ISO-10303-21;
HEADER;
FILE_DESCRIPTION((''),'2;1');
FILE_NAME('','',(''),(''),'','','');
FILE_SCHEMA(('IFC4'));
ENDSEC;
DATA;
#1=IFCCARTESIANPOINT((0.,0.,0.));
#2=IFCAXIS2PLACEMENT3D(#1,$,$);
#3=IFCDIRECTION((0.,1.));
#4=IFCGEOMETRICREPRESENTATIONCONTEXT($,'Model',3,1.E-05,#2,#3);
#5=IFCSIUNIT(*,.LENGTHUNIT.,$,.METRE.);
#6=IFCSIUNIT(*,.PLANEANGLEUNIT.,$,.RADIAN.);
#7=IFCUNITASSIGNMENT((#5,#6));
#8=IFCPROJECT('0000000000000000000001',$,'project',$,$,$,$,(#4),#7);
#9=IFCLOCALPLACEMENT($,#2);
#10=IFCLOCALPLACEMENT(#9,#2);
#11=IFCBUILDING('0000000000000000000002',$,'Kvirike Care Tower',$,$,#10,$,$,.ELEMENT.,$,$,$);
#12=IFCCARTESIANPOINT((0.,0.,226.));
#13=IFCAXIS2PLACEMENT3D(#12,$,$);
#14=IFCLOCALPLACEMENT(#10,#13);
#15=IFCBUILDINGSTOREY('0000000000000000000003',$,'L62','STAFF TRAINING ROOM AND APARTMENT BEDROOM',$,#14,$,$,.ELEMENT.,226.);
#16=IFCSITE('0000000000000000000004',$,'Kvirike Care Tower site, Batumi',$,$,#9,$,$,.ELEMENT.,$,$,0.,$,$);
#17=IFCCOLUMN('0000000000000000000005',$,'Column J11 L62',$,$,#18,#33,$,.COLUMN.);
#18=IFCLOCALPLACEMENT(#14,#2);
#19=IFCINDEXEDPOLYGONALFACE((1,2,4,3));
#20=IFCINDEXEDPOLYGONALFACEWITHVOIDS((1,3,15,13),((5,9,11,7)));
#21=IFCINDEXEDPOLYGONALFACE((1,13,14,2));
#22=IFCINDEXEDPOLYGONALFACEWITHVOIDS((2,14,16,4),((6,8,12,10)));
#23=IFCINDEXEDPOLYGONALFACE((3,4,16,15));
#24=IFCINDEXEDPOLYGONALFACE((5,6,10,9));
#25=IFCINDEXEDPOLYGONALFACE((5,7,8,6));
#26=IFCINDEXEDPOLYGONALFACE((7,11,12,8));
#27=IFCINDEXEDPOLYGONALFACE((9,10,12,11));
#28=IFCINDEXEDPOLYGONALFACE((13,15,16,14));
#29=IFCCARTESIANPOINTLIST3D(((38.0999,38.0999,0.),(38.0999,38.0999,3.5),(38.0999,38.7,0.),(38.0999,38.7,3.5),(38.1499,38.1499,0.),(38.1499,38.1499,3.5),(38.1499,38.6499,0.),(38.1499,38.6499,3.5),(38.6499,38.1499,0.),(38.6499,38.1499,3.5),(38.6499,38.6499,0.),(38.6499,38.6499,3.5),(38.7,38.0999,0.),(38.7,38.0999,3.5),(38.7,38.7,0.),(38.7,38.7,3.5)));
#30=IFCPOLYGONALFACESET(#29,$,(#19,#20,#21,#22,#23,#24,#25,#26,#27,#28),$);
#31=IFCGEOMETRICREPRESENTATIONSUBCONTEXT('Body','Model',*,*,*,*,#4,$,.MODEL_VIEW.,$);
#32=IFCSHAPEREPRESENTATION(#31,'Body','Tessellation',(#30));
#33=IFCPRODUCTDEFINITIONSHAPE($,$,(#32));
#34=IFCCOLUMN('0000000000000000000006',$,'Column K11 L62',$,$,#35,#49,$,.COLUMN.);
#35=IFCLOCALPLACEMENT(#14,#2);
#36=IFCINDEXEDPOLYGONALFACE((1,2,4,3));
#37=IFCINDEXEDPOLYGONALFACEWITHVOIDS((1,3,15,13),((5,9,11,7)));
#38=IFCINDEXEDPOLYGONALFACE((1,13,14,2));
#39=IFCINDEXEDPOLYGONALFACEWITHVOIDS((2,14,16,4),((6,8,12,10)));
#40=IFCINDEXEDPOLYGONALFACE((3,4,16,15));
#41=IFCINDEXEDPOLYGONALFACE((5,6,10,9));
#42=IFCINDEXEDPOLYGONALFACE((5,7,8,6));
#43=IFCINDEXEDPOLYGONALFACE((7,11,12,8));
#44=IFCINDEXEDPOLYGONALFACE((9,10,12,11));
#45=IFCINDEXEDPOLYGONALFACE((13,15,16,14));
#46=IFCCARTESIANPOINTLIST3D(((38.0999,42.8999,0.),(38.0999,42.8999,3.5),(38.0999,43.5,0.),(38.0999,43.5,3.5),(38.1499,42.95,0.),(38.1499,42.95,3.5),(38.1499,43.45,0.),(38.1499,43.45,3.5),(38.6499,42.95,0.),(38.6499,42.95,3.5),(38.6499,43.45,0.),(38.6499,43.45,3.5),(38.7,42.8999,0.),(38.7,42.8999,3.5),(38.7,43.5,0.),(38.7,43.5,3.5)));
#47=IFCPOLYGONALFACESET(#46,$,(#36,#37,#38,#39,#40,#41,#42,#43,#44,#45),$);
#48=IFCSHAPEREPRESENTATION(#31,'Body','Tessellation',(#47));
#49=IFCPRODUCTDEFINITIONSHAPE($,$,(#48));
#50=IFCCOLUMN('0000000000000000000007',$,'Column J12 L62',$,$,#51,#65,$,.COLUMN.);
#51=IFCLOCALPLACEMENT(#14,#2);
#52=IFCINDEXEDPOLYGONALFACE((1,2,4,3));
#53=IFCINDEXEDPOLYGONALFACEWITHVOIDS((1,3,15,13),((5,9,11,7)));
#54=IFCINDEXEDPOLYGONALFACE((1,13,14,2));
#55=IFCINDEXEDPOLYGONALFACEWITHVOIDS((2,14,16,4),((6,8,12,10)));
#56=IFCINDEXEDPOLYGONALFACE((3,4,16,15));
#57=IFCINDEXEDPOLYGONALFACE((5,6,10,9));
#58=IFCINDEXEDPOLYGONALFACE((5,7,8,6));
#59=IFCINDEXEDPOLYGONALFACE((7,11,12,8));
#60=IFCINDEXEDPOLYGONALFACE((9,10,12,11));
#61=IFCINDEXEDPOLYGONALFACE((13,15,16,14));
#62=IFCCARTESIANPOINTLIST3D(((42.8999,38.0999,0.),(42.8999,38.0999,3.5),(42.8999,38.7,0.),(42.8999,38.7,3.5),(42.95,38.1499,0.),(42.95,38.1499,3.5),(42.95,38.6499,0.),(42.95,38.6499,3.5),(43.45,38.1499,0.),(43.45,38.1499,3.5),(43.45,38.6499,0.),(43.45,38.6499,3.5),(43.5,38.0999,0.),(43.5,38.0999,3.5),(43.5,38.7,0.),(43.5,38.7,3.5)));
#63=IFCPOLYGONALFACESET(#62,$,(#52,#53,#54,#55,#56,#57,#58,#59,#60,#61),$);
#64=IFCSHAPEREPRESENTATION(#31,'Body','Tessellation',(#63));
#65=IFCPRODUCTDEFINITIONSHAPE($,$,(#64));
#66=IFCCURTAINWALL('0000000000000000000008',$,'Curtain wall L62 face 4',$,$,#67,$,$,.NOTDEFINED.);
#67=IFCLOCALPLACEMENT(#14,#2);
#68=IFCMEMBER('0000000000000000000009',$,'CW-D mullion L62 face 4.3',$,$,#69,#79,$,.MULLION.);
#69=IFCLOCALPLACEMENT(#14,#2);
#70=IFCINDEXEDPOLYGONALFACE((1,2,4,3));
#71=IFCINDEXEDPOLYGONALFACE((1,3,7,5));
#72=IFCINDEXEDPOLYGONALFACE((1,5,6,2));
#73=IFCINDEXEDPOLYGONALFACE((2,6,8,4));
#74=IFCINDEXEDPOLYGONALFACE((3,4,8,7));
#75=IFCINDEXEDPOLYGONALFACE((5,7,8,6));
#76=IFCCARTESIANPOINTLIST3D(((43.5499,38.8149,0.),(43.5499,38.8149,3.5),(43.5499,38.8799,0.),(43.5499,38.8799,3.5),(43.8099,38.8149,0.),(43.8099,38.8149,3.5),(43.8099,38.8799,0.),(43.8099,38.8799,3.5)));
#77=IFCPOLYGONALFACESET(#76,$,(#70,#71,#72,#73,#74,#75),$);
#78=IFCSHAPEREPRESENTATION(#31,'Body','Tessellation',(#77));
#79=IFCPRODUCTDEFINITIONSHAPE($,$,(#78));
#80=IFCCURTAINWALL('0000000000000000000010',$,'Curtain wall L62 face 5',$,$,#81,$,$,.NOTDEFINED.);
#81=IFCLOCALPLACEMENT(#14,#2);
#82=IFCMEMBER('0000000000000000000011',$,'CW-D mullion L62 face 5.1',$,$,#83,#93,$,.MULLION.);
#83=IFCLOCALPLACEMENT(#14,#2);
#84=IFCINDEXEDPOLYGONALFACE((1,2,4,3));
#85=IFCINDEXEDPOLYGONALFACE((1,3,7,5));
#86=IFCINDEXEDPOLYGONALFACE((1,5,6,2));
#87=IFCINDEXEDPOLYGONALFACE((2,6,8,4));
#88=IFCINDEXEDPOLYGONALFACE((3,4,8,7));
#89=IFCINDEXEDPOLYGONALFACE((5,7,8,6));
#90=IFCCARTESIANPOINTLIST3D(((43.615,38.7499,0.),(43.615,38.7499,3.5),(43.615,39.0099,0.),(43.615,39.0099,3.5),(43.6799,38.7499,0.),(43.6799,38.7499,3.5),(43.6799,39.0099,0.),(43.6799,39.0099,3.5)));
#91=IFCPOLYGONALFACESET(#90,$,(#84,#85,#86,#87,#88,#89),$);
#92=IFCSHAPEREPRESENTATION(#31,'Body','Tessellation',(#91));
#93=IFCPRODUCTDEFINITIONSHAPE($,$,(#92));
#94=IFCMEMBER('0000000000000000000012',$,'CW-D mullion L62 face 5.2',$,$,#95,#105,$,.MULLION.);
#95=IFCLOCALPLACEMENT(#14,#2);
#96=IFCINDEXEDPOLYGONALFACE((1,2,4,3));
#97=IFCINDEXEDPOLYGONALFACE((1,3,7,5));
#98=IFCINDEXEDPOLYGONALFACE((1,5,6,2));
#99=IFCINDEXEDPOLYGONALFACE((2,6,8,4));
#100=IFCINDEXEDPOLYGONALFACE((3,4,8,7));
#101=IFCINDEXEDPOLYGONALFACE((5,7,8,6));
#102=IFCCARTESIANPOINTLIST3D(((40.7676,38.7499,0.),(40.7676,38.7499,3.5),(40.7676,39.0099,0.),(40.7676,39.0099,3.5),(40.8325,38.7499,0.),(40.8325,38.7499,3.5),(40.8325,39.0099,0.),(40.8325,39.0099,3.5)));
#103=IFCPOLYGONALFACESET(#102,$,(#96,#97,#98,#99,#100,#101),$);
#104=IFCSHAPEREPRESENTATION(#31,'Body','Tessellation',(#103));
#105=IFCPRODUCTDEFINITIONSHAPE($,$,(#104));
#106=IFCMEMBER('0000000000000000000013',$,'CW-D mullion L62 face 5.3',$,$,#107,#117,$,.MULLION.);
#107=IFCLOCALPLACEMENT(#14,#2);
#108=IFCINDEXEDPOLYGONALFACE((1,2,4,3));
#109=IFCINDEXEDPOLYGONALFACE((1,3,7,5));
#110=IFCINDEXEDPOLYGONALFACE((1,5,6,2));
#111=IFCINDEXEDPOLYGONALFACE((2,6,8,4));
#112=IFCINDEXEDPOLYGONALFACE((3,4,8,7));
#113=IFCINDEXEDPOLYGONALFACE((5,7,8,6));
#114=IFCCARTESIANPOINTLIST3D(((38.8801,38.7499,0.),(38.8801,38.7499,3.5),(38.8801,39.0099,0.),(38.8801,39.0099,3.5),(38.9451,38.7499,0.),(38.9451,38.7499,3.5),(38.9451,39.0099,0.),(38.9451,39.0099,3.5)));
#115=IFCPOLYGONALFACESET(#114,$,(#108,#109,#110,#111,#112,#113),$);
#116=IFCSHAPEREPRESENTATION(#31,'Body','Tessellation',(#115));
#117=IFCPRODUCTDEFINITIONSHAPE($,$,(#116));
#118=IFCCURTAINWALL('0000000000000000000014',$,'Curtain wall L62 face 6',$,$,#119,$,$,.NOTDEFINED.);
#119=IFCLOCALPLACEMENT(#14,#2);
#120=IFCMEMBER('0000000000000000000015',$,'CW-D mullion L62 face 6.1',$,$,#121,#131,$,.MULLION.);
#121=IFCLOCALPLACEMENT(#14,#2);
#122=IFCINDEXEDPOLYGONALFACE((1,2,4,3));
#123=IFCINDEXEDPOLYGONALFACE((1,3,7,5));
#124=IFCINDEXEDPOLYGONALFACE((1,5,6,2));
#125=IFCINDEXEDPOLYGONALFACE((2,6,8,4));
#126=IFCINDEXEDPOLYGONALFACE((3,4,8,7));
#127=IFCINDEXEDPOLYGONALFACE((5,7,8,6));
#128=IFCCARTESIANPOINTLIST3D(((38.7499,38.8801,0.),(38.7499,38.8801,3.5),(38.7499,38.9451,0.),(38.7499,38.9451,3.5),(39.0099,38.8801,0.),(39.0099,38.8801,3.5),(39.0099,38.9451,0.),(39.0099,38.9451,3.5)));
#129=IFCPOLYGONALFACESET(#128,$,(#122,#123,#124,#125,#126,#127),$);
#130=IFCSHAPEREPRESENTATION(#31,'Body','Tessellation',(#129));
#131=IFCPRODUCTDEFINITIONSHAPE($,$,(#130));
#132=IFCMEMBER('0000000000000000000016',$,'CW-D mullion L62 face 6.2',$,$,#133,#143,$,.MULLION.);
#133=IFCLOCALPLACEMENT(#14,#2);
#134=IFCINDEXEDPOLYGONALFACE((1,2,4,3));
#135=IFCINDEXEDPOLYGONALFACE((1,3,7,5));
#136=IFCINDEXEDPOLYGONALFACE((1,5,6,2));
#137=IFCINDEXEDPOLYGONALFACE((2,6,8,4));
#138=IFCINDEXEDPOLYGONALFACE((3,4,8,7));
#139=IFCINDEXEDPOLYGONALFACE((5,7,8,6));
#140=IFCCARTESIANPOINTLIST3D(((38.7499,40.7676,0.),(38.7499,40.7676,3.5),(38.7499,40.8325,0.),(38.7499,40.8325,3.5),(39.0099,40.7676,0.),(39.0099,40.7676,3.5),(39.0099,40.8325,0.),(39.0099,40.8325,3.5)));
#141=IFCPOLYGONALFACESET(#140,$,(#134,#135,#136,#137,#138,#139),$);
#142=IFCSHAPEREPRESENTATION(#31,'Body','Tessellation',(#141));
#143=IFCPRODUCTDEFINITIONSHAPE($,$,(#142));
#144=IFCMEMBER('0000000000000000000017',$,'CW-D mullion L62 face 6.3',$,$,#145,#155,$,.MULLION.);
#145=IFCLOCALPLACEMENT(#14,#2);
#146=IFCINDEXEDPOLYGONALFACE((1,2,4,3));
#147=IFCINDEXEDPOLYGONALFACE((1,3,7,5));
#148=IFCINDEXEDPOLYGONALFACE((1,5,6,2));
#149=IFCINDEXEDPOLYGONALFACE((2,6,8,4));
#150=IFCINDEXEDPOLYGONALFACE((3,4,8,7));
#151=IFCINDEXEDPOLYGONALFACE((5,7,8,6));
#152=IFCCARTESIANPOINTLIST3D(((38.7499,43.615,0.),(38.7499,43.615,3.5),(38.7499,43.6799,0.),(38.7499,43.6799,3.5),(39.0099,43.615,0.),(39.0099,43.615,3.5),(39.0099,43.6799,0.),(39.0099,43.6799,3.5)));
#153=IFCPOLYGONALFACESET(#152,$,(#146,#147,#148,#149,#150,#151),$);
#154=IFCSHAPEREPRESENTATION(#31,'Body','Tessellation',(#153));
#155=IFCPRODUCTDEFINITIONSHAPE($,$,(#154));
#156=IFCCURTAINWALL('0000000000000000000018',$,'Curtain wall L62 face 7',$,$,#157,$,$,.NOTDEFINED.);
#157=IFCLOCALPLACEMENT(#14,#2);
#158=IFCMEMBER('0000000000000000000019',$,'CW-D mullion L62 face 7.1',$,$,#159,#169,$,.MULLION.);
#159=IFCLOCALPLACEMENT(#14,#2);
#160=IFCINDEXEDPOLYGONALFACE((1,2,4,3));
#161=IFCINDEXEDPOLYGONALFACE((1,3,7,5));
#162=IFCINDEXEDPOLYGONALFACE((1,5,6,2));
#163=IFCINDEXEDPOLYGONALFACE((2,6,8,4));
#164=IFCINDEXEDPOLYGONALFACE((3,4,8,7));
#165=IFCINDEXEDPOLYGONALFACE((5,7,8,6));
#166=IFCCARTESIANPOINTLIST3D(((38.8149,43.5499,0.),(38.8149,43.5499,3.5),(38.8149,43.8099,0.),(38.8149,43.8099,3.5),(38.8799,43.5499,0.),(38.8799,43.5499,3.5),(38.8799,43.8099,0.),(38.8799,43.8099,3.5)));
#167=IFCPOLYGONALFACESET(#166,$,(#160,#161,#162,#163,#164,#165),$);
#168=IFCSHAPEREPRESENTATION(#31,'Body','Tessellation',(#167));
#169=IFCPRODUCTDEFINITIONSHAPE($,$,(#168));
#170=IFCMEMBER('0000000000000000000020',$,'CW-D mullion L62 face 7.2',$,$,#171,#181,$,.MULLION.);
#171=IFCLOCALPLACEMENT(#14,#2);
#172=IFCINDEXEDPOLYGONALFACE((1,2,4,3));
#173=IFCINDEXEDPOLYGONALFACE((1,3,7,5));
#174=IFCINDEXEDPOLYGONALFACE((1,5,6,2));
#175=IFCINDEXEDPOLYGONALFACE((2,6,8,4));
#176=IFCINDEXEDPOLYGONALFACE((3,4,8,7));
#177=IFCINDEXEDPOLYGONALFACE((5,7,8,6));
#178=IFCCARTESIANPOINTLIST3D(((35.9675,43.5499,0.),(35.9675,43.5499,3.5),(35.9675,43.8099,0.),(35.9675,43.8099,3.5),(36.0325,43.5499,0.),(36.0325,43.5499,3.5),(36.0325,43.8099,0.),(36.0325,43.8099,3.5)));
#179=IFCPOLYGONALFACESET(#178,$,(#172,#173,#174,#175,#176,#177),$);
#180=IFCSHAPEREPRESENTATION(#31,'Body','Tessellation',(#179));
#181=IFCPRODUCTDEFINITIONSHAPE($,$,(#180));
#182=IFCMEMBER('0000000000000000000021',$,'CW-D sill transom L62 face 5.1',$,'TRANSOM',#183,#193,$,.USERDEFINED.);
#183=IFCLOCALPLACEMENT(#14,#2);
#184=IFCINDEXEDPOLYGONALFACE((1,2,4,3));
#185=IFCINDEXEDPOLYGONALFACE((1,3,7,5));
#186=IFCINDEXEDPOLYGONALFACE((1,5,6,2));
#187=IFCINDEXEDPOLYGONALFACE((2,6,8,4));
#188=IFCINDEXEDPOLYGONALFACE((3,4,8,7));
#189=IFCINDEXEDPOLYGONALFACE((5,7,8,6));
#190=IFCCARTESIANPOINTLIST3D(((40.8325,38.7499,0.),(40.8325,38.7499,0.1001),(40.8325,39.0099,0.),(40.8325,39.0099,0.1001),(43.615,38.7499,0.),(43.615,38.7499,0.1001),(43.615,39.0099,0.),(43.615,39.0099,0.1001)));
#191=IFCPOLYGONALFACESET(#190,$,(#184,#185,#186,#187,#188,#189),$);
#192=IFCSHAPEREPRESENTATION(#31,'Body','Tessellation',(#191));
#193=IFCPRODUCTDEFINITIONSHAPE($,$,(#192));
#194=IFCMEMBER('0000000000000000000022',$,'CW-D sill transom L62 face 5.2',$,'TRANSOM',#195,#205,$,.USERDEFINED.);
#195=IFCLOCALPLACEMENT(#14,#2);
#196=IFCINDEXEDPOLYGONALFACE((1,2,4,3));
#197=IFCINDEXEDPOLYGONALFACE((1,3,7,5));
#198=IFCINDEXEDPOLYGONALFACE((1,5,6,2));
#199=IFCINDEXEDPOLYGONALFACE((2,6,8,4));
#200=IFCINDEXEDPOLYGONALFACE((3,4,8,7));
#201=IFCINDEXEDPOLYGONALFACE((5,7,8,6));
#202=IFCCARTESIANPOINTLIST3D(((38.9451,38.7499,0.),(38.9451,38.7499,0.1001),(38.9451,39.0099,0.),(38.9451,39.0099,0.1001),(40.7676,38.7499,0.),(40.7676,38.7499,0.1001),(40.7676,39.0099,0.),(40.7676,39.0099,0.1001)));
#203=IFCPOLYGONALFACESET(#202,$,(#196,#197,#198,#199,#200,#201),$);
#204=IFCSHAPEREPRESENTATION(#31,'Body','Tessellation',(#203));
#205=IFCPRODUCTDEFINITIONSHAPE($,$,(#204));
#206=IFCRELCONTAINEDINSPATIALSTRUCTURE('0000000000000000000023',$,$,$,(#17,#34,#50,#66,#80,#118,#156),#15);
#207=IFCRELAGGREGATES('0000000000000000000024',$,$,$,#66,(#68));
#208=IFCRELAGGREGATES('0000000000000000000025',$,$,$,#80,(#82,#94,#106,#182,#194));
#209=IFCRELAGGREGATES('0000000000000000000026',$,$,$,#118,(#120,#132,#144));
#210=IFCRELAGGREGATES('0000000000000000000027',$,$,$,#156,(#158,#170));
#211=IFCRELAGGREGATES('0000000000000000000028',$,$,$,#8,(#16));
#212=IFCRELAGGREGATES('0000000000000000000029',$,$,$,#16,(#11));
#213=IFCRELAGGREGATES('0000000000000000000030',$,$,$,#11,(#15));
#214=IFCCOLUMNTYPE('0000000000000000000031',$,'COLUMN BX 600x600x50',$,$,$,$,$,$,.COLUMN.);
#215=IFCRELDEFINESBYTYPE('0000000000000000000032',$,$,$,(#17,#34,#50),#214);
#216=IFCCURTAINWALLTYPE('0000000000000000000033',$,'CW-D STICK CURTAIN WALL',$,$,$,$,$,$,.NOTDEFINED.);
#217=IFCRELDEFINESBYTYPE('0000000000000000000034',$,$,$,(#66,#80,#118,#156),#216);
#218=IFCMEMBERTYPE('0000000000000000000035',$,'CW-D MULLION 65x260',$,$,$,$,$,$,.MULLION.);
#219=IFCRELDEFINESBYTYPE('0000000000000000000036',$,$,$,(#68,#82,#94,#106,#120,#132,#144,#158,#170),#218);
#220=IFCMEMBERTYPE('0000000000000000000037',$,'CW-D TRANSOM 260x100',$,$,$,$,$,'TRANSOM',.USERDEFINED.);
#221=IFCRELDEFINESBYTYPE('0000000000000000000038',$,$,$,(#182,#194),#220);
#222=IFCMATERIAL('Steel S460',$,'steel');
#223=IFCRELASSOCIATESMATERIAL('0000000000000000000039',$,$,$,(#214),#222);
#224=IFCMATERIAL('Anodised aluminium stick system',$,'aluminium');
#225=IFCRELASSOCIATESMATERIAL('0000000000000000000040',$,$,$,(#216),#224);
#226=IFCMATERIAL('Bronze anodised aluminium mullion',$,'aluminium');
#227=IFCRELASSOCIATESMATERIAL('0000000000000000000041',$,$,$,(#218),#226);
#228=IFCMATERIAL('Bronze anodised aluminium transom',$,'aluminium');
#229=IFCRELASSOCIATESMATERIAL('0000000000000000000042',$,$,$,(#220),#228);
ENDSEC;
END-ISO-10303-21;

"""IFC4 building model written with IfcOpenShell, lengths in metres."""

from ifc_helpers import new_model, si_unit, direction, frame, origin, origin_2d, place, context, subcontext, project, spatial, rectangle, hollow_rectangle, extrude, material, material_profile, profile_set, type_object, element, aggregate, save


model = new_model("IFC4")

# Units and contexts
model_context = context("Model", 3, precision=1e-05, world=origin(), true_north=direction((0.0, 1.0)))
body_context = subcontext(model_context, "Body", "Model", "MODEL_VIEW")
ifc_project = project(units=[si_unit("LENGTHUNIT", "METRE"), si_unit("PLANEANGLEUNIT", "RADIAN")], contexts=[model_context])

# Site, building, storey
site_placement = place(None, origin())
site = spatial("IfcSite", under=ifc_project, at=site_placement, Name="Kvirike Care Tower site, Batumi", CompositionType="ELEMENT", RefElevation=0.0)
building_placement = place(site_placement, origin())
building = spatial("IfcBuilding", under=site, at=building_placement, Name="Kvirike Care Tower", CompositionType="ELEMENT")
storey_placement = place(building_placement, frame((0.0, 0.0, 226.0)))
storey = spatial("IfcBuildingStorey", under=building, at=storey_placement, Name="L62", Description="STAFF TRAINING ROOM AND APARTMENT BEDROOM", CompositionType="ELEMENT", Elevation=226.0)

# Columns
ifc_material_1 = material(Name="Steel S460", Category="steel")
ifc_material_profile_1 = material_profile(ifc_material_1, hollow_rectangle(XDim=0.6001, YDim=0.6001, WallThickness=0.05, at=origin_2d()), Name="BX 600x600x50")
ifc_profile_set_1 = profile_set([ifc_material_profile_1], Name="Steel S460")
column_type = type_object("IfcColumnType", Name="COLUMN BX 600x600x50", PredefinedType="COLUMN", material=ifc_profile_set_1)
for number, where, z_axis, x_axis, name in (
    (1, (38.3999, 38.3999, 0.0), (0.0, 0.0, 1.0), (0.0, 1.0, 0.0), "Column J11 L62"),
    (2, (38.3999, 43.2, 0.0), (0.0, 0.0, 1.0), (0.0, 1.0, 0.0), "Column K11 L62"),
    (3, (43.2, 38.3999, 0.0), (0.0, 0.0, 1.0), (0.0, 1.0, 0.0), "Column J12 L62"),
):
    element("IfcColumn", number, at=place(storey_placement, frame(where, z_axis=z_axis, x_axis=x_axis)), inside=storey, type_object=column_type, Name=name, PredefinedType="COLUMN", context=body_context, shape_type="SweptSolid", body=[
        extrude(hollow_rectangle(XDim=0.6001, YDim=0.6001, WallThickness=0.05, at=origin_2d()), origin(), (0.0, 0.0, 1.0), 3.5),
    ])

# Curtain wall, member
ifc_material_2 = material(Name="Anodised aluminium stick system", Category="aluminium")
curtain_wall_type = type_object("IfcCurtainWallType", Name="CW-D STICK CURTAIN WALL", PredefinedType="NOTDEFINED", material=ifc_material_2)
curtain_wall_1_placement = place(storey_placement, origin())
curtain_wall_1 = element("IfcCurtainWall", 4, at=curtain_wall_1_placement, inside=storey, type_object=curtain_wall_type, Name="Curtain wall L62 face 4", PredefinedType="NOTDEFINED")
ifc_material_3 = material(Name="Bronze anodised aluminium mullion", Category="aluminium")
ifc_material_profile_2 = material_profile(ifc_material_3, rectangle(XDim=0.0649, YDim=0.26, at=origin_2d()), Name="CW-D MULLION 65x260")
ifc_profile_set_2 = profile_set([ifc_material_profile_2], Name="Bronze anodised aluminium mullion")
member_type_1 = type_object("IfcMemberType", Name="CW-D MULLION 65x260", PredefinedType="MULLION", material=ifc_profile_set_2)
member_1_placement = place(storey_placement, frame((43.6799, 38.8474, 0.0), z_axis=(0.0, 0.0, 1.0), x_axis=(0.0, 1.0, 0.0)))
member_1 = element("IfcMember", 5, at=member_1_placement, type_object=member_type_1, Name="CW-D mullion L62 face 4.3", PredefinedType="MULLION", context=body_context, shape_type="SweptSolid", body=[
    extrude(rectangle(XDim=0.0649, YDim=0.26, at=origin_2d()), origin(), (0.0, 0.0, 1.0), 3.5),
])

# Curtain walls, members
curtain_wall_2_placement = place(storey_placement, origin())
curtain_wall_2 = element("IfcCurtainWall", 6, at=curtain_wall_2_placement, inside=storey, type_object=curtain_wall_type, Name="Curtain wall L62 face 5", PredefinedType="NOTDEFINED")
member_2_placement = place(storey_placement, frame((43.6475, 38.8799, 0.0), z_axis=(0.0, 0.0, 1.0), x_axis=(-1.0, 0.0, 0.0)))
member_2 = element("IfcMember", 7, at=member_2_placement, type_object=member_type_1, Name="CW-D mullion L62 face 5.1", PredefinedType="MULLION", context=body_context, shape_type="SweptSolid", body=[
    extrude(rectangle(XDim=0.0649, YDim=0.26, at=origin_2d()), origin(), (0.0, 0.0, 1.0), 3.5),
])
member_3_placement = place(storey_placement, frame((40.8, 38.8799, 0.0), z_axis=(0.0, 0.0, 1.0), x_axis=(-1.0, 0.0, 0.0)))
member_3 = element("IfcMember", 8, at=member_3_placement, type_object=member_type_1, Name="CW-D mullion L62 face 5.2", PredefinedType="MULLION", context=body_context, shape_type="SweptSolid", body=[
    extrude(rectangle(XDim=0.0649, YDim=0.26, at=origin_2d()), origin(), (0.0, 0.0, 1.0), 3.5),
])
member_4_placement = place(storey_placement, frame((38.9126, 38.8799, 0.0), z_axis=(0.0, 0.0, 1.0), x_axis=(-1.0, 0.0, 0.0)))
member_4 = element("IfcMember", 9, at=member_4_placement, type_object=member_type_1, Name="CW-D mullion L62 face 5.3", PredefinedType="MULLION", context=body_context, shape_type="SweptSolid", body=[
    extrude(rectangle(XDim=0.0649, YDim=0.26, at=origin_2d()), origin(), (0.0, 0.0, 1.0), 3.5),
])
curtain_wall_3_placement = place(storey_placement, origin())
curtain_wall_3 = element("IfcCurtainWall", 10, at=curtain_wall_3_placement, inside=storey, type_object=curtain_wall_type, Name="Curtain wall L62 face 6", PredefinedType="NOTDEFINED")
member_5_placement = place(storey_placement, frame((38.8799, 38.9126, 0.0), z_axis=(0.0, 0.0, 1.0), x_axis=(0.0, 1.0, 0.0)))
member_5 = element("IfcMember", 11, at=member_5_placement, type_object=member_type_1, Name="CW-D mullion L62 face 6.1", PredefinedType="MULLION", context=body_context, shape_type="SweptSolid", body=[
    extrude(rectangle(XDim=0.0649, YDim=0.26, at=origin_2d()), origin(), (0.0, 0.0, 1.0), 3.5),
])
member_6_placement = place(storey_placement, frame((38.8799, 40.8, 0.0), z_axis=(0.0, 0.0, 1.0), x_axis=(0.0, 1.0, 0.0)))
member_6 = element("IfcMember", 12, at=member_6_placement, type_object=member_type_1, Name="CW-D mullion L62 face 6.2", PredefinedType="MULLION", context=body_context, shape_type="SweptSolid", body=[
    extrude(rectangle(XDim=0.0649, YDim=0.26, at=origin_2d()), origin(), (0.0, 0.0, 1.0), 3.5),
])
member_7_placement = place(storey_placement, frame((38.8799, 43.6475, 0.0), z_axis=(0.0, 0.0, 1.0), x_axis=(0.0, 1.0, 0.0)))
member_7 = element("IfcMember", 13, at=member_7_placement, type_object=member_type_1, Name="CW-D mullion L62 face 6.3", PredefinedType="MULLION", context=body_context, shape_type="SweptSolid", body=[
    extrude(rectangle(XDim=0.0649, YDim=0.26, at=origin_2d()), origin(), (0.0, 0.0, 1.0), 3.5),
])
curtain_wall_4_placement = place(storey_placement, origin())
curtain_wall_4 = element("IfcCurtainWall", 14, at=curtain_wall_4_placement, inside=storey, type_object=curtain_wall_type, Name="Curtain wall L62 face 7", PredefinedType="NOTDEFINED")
member_8_placement = place(storey_placement, frame((38.8474, 43.6799, 0.0), z_axis=(0.0, 0.0, 1.0), x_axis=(-1.0, 0.0, 0.0)))
member_8 = element("IfcMember", 15, at=member_8_placement, type_object=member_type_1, Name="CW-D mullion L62 face 7.1", PredefinedType="MULLION", context=body_context, shape_type="SweptSolid", body=[
    extrude(rectangle(XDim=0.0649, YDim=0.26, at=origin_2d()), origin(), (0.0, 0.0, 1.0), 3.5),
])
member_9_placement = place(storey_placement, frame((36.0, 43.6799, 0.0), z_axis=(0.0, 0.0, 1.0), x_axis=(-1.0, 0.0, 0.0)))
member_9 = element("IfcMember", 16, at=member_9_placement, type_object=member_type_1, Name="CW-D mullion L62 face 7.2", PredefinedType="MULLION", context=body_context, shape_type="SweptSolid", body=[
    extrude(rectangle(XDim=0.0649, YDim=0.26, at=origin_2d()), origin(), (0.0, 0.0, 1.0), 3.5),
])

# Members
ifc_material_4 = material(Name="Bronze anodised aluminium transom", Category="aluminium")
ifc_material_profile_3 = material_profile(ifc_material_4, rectangle(XDim=0.26, YDim=0.1001, at=origin_2d()), Name="CW-D TRANSOM 260x100")
ifc_profile_set_3 = profile_set([ifc_material_profile_3], Name="Bronze anodised aluminium transom")
member_type_2 = type_object("IfcMemberType", Name="CW-D TRANSOM 260x100", ElementType="TRANSOM", PredefinedType="USERDEFINED", material=ifc_profile_set_3)
member_10_placement = place(storey_placement, frame((43.615, 38.8799, 0.05), z_axis=(-1.0, 0.0, 0.0), x_axis=(0.0, -1.0, 0.0)))
member_10 = element("IfcMember", 17, at=member_10_placement, type_object=member_type_2, Name="CW-D sill transom L62 face 5.1", ObjectType="TRANSOM", PredefinedType="USERDEFINED", context=body_context, shape_type="SweptSolid", body=[
    extrude(rectangle(XDim=0.26, YDim=0.1001, at=origin_2d()), origin(), (0.0, 0.0, 1.0), 2.7825),
])
member_11_placement = place(storey_placement, frame((40.7676, 38.8799, 0.05), z_axis=(-1.0, 0.0, 0.0), x_axis=(0.0, -1.0, 0.0)))
member_11 = element("IfcMember", 18, at=member_11_placement, type_object=member_type_2, Name="CW-D sill transom L62 face 5.2", ObjectType="TRANSOM", PredefinedType="USERDEFINED", context=body_context, shape_type="SweptSolid", body=[
    extrude(rectangle(XDim=0.26, YDim=0.1001, at=origin_2d()), origin(), (0.0, 0.0, 1.0), 1.8225),
])

aggregate(curtain_wall_1, [member_1])
aggregate(curtain_wall_2, [member_2, member_3, member_4, member_10, member_11])
aggregate(curtain_wall_3, [member_5, member_6, member_7])
aggregate(curtain_wall_4, [member_8, member_9])

save(model, "model.ifc")
